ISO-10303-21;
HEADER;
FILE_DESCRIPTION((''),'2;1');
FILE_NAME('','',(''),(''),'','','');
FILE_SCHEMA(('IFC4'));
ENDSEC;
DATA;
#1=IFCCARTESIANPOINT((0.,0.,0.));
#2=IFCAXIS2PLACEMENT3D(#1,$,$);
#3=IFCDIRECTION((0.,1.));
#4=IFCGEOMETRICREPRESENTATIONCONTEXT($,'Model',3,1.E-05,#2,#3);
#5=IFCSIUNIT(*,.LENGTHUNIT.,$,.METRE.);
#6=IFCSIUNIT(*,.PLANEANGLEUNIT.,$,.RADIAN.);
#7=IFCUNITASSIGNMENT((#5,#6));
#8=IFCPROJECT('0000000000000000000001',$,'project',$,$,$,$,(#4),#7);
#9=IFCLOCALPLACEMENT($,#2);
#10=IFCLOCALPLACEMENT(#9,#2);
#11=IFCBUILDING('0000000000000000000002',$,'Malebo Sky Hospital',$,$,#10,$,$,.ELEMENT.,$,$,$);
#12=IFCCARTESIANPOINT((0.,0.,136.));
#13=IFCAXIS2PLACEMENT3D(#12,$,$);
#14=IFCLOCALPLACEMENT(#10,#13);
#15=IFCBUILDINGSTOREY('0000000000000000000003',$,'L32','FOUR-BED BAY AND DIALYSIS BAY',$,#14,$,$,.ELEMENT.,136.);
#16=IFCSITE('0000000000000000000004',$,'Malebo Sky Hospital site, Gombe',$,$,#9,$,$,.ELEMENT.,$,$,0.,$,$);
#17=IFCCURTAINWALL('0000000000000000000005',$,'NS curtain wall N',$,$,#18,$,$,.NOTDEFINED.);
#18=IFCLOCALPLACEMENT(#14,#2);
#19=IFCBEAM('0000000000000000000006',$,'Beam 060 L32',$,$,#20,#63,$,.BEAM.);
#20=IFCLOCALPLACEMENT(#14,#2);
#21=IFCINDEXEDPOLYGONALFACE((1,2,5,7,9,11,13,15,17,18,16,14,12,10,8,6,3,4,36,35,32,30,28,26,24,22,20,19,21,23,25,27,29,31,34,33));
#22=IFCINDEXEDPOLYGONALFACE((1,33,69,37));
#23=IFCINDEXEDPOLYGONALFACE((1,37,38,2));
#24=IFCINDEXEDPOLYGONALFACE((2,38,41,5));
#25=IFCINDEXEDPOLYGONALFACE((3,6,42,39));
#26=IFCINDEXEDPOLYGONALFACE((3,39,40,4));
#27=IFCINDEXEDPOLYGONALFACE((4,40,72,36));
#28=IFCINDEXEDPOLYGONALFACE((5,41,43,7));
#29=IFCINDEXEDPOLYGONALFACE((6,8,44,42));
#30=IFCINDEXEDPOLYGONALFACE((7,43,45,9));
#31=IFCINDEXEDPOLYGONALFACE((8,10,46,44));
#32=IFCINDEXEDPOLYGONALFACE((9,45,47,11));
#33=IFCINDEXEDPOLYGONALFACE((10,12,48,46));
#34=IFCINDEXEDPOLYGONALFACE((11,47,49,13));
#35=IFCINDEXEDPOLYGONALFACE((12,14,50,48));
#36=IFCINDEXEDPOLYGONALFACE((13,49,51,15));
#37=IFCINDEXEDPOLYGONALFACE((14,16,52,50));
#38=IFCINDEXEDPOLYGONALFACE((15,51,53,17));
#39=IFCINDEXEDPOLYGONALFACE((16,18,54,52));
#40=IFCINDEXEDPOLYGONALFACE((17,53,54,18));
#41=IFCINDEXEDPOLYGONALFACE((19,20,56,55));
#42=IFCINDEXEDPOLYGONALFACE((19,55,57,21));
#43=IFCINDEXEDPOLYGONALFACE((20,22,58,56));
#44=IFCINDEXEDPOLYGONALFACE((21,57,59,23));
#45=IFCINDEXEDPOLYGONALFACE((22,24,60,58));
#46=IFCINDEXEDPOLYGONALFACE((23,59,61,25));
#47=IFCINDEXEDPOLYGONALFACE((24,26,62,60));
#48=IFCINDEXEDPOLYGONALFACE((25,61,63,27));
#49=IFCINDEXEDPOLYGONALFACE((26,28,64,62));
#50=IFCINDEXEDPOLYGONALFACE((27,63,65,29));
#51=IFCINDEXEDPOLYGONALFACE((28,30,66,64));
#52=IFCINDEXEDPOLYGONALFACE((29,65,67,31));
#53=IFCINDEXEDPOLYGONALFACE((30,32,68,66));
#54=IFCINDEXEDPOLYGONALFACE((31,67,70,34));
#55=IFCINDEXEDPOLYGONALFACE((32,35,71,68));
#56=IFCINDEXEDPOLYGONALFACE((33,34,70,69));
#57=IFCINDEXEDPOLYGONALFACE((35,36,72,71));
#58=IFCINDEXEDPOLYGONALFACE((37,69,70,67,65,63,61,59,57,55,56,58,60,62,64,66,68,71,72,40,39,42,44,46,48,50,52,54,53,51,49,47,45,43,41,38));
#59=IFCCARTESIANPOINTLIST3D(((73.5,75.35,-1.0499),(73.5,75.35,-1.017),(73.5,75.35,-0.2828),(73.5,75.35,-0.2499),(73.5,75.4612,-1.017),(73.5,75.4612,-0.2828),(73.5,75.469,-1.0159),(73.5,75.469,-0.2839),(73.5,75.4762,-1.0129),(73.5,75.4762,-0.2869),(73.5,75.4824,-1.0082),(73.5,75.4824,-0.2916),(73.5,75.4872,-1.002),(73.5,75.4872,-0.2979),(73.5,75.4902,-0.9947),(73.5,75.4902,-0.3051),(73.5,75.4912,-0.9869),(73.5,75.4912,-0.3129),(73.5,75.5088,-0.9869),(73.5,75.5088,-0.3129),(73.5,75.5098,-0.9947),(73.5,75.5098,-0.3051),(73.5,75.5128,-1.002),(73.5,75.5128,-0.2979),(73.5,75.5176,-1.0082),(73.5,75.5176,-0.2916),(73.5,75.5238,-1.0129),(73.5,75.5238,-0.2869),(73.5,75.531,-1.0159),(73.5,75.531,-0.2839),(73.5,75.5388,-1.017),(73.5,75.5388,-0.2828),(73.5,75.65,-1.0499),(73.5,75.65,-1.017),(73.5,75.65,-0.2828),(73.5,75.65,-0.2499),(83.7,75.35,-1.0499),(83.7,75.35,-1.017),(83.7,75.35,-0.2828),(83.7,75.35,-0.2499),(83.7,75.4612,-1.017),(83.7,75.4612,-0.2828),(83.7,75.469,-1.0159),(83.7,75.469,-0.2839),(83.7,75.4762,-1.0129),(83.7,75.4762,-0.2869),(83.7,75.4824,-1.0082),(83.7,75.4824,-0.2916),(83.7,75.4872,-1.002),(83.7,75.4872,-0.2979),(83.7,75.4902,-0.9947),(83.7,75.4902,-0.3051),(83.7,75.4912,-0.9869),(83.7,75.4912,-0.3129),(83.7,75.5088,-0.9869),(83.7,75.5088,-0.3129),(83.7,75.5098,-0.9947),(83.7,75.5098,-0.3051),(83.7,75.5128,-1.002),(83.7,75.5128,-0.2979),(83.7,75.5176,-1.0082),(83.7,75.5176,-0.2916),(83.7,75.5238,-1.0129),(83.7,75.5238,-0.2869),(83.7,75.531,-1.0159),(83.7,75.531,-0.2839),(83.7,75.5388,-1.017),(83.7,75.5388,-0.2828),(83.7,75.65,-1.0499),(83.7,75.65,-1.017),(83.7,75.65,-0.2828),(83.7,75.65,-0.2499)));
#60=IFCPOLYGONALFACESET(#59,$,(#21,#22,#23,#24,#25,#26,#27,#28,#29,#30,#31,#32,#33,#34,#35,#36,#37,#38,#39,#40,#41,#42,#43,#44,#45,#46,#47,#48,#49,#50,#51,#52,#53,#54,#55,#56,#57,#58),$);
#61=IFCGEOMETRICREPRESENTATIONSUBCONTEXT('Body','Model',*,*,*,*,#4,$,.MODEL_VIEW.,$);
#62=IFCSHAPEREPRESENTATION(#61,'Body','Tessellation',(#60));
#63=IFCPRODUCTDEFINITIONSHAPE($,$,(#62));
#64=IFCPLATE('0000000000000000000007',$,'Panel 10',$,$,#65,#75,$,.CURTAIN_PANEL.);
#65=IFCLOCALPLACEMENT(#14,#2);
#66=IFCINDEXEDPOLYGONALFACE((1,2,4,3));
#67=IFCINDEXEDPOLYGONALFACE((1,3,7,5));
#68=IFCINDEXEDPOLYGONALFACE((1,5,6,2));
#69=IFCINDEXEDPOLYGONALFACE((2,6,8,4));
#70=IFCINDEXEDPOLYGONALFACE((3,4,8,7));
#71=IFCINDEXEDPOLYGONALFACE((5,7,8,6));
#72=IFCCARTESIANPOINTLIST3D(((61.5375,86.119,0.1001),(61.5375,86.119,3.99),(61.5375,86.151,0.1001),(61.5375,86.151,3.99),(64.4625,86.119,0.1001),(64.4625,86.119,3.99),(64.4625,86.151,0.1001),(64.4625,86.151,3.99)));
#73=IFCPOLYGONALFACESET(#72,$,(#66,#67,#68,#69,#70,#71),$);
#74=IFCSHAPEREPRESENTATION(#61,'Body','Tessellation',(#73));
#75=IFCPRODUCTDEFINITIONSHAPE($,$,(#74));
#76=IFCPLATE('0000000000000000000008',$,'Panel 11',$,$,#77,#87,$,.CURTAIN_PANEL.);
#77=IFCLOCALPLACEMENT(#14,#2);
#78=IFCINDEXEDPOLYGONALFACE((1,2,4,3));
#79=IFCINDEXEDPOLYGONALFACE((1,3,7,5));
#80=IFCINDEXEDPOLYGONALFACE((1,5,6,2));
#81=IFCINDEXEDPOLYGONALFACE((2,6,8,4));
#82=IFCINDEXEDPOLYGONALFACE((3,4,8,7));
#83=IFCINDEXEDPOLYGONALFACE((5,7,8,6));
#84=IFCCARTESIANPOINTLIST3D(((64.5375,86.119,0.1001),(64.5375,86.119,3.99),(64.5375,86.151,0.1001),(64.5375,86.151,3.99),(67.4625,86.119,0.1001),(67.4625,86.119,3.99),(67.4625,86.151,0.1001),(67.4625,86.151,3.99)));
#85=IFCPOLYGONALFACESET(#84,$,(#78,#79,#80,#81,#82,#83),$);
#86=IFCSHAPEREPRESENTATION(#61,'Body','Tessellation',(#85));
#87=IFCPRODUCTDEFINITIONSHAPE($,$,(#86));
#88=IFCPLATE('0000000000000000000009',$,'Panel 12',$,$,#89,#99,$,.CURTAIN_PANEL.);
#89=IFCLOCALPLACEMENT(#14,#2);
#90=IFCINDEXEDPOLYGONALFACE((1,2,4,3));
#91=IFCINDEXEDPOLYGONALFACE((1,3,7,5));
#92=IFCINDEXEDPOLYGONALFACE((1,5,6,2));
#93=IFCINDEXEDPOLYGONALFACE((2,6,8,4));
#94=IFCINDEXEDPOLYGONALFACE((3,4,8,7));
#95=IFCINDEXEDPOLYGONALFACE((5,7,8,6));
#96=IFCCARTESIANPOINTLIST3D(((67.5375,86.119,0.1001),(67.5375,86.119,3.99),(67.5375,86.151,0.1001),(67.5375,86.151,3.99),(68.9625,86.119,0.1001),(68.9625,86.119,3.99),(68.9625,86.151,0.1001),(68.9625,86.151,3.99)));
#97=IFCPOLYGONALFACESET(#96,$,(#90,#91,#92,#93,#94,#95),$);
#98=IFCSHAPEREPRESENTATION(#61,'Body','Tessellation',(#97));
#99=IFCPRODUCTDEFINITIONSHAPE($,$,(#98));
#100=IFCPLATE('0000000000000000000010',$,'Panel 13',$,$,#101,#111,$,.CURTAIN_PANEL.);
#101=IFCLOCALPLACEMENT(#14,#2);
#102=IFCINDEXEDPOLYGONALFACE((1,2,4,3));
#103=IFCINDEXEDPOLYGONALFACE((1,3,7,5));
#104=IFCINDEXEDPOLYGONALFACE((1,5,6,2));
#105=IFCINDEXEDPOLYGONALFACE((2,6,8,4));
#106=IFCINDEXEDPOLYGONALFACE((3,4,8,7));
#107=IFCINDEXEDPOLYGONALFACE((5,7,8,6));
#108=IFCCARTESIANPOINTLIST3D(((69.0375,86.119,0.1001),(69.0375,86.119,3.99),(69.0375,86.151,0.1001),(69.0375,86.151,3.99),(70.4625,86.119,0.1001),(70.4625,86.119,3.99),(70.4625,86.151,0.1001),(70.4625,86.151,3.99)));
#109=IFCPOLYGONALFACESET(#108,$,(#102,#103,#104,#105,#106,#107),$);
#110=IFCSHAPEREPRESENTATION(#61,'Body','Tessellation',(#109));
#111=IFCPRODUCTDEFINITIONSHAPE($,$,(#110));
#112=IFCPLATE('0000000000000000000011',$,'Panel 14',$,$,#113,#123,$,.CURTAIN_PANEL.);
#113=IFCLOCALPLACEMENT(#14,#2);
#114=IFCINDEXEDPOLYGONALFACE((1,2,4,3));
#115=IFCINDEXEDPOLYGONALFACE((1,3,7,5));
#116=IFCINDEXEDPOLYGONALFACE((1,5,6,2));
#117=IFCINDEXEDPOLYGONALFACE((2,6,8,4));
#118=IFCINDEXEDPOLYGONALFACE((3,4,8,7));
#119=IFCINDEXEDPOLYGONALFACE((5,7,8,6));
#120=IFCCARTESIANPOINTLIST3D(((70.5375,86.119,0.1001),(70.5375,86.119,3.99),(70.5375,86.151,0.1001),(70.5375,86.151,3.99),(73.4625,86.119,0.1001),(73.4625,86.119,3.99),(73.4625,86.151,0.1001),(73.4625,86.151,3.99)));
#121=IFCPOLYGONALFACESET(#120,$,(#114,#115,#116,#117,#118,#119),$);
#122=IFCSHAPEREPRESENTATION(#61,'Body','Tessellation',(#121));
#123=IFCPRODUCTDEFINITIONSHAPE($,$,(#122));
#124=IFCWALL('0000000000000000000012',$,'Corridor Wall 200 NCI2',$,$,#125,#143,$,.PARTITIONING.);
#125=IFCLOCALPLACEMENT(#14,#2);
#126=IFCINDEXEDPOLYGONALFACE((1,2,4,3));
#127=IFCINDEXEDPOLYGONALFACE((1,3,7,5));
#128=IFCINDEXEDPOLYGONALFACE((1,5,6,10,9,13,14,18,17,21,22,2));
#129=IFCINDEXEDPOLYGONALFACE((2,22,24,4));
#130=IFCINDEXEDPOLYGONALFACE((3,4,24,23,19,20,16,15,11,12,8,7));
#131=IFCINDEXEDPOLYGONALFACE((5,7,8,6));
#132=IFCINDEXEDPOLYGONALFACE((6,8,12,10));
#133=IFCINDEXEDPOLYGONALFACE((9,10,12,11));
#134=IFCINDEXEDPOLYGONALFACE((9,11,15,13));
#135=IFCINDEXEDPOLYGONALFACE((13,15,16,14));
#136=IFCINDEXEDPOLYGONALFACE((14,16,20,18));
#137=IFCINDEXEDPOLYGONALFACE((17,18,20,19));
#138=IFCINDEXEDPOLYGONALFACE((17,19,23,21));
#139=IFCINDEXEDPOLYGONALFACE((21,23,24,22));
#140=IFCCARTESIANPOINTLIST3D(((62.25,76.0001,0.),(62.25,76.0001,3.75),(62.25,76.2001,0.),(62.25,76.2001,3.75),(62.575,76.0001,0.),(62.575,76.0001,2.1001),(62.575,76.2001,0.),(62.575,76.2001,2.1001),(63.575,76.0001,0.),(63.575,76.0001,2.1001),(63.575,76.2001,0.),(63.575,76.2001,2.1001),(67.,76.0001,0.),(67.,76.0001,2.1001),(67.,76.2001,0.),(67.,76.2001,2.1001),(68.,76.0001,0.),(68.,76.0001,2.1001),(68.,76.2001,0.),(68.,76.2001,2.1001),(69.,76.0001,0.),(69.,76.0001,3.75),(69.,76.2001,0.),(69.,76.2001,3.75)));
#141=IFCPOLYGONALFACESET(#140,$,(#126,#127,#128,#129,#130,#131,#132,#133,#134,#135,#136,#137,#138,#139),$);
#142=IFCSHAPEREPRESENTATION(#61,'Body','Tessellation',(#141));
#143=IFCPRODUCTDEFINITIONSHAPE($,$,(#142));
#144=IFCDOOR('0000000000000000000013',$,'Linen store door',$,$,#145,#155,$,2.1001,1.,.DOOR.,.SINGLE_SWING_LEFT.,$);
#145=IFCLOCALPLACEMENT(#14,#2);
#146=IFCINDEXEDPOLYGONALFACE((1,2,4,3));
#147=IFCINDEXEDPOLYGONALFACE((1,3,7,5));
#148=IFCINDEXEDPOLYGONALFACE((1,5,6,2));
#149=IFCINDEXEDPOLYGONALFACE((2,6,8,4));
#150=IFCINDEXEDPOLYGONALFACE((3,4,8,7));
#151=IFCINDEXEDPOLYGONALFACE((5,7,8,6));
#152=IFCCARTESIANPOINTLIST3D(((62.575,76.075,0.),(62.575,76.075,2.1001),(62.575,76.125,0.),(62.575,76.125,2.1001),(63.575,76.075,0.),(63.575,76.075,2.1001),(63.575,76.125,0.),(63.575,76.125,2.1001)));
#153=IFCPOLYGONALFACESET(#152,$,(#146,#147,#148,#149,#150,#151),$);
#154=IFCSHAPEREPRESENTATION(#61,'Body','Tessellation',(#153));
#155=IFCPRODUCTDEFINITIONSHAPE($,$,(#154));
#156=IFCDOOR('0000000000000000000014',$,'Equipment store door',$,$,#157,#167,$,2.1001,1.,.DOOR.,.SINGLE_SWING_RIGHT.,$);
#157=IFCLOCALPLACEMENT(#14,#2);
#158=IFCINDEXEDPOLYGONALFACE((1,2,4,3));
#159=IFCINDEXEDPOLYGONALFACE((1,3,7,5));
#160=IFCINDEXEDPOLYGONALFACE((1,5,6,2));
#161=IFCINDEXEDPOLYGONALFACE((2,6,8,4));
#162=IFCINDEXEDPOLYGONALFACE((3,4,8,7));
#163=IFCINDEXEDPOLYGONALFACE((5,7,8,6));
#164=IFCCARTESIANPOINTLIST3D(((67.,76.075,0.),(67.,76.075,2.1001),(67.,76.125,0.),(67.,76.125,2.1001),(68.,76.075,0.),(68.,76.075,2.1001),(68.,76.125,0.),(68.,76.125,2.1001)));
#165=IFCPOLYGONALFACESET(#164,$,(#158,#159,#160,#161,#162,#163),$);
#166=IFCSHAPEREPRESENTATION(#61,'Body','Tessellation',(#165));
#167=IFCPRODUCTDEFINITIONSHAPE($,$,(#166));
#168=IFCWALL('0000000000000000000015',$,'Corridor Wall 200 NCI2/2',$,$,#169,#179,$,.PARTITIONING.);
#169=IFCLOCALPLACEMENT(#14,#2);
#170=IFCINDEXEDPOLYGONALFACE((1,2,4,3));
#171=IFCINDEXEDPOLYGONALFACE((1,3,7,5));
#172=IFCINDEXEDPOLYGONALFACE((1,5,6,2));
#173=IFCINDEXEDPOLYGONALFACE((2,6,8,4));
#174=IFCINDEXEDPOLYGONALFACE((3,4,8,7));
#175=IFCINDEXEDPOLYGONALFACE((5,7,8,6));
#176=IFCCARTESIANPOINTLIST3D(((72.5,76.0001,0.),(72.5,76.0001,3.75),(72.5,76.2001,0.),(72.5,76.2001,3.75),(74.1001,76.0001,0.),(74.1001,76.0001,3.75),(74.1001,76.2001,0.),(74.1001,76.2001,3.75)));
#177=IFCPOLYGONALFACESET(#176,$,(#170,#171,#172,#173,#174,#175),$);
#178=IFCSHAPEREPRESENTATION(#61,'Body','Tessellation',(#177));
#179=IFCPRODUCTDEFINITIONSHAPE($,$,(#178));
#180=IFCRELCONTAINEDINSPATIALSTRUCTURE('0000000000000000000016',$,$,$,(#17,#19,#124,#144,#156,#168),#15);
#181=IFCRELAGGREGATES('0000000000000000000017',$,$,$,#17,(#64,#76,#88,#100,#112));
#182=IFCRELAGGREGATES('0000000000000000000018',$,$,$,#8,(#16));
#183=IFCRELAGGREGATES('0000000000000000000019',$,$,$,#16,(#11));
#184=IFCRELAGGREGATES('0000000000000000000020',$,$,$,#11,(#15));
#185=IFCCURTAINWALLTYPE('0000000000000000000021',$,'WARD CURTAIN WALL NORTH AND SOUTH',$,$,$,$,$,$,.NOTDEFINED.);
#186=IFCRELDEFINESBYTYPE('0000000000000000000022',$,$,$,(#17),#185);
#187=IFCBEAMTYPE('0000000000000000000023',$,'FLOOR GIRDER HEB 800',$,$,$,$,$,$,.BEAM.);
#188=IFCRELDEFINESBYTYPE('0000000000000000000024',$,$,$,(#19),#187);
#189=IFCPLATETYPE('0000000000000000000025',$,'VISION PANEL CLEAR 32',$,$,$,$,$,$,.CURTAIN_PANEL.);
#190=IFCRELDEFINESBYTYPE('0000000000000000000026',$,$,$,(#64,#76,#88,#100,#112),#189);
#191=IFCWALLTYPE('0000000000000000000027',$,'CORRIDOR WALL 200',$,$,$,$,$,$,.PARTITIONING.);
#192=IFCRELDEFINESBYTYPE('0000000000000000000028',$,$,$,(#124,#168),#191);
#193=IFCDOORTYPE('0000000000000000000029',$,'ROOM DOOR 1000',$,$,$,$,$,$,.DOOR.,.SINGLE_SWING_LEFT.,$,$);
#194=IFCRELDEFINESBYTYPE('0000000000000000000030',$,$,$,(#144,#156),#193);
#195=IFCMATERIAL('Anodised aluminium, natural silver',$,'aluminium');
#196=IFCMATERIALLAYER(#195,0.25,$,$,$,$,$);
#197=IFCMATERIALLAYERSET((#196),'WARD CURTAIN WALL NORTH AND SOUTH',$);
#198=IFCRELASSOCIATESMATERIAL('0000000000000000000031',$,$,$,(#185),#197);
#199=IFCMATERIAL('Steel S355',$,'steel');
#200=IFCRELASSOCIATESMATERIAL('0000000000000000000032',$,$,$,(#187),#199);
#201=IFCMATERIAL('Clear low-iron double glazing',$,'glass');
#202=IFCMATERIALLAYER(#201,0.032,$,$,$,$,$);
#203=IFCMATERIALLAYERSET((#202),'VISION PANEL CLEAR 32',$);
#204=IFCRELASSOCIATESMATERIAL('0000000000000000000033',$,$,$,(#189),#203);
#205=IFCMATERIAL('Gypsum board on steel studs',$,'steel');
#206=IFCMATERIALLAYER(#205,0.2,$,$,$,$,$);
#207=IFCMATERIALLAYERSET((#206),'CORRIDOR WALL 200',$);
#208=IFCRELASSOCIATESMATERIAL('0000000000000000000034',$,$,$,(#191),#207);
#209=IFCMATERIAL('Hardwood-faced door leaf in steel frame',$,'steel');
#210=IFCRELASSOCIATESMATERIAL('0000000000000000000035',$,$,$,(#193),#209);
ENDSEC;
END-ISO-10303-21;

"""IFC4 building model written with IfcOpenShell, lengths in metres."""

from ifc_helpers import new_model, si_unit, direction, frame, frame_2d, origin, origin_2d, place, context, subcontext, project, spatial, rectangle, i_section, extrude, material, layer, layer_set, material_profile, profile_set, type_object, element, fill, aggregate, save


model = new_model("IFC4")

# Units and contexts
model_context = context("Model", 3, precision=1e-05, world=origin(), true_north=direction((0.0, 1.0)))
body_context = subcontext(model_context, "Body", "Model", "MODEL_VIEW")
ifc_project = project(units=[si_unit("LENGTHUNIT", "METRE"), si_unit("PLANEANGLEUNIT", "RADIAN")], contexts=[model_context])

# Site, building, storey
site_placement = place(None, origin())
site = spatial("IfcSite", under=ifc_project, at=site_placement, Name="Malebo Sky Hospital site, Gombe", CompositionType="ELEMENT", RefElevation=0.0)
building_placement = place(site_placement, origin())
building = spatial("IfcBuilding", under=site, at=building_placement, Name="Malebo Sky Hospital", CompositionType="ELEMENT")
storey_placement = place(building_placement, frame((0.0, 0.0, 136.0)))
storey = spatial("IfcBuildingStorey", under=building, at=storey_placement, Name="L32", Description="FOUR-BED BAY AND DIALYSIS BAY", CompositionType="ELEMENT", Elevation=136.0)

# Curtain wall
ifc_material_1 = material(Name="Anodised aluminium, natural silver", Category="aluminium")
ifc_layer_1 = layer(ifc_material_1, 0.25)
ifc_layer_set_1 = layer_set([ifc_layer_1], Name="WARD CURTAIN WALL NORTH AND SOUTH")
curtain_wall_type = type_object("IfcCurtainWallType", Name="WARD CURTAIN WALL NORTH AND SOUTH", PredefinedType="NOTDEFINED", material=ifc_layer_set_1)
curtain_wall_placement = place(storey_placement, origin())
curtain_wall = element("IfcCurtainWall", 1, at=curtain_wall_placement, inside=storey, type_object=curtain_wall_type, Name="NS curtain wall N", PredefinedType="NOTDEFINED")

# Beam
ifc_material_2 = material(Name="Steel S355", Category="steel")
ifc_material_profile_1 = material_profile(ifc_material_2, i_section(OverallWidth=0.3, OverallDepth=0.8, WebThickness=0.0176, FlangeThickness=0.033, FilletRadius=0.03, at=origin_2d()), Name="HEB 800")
ifc_profile_set_1 = profile_set([ifc_material_profile_1], Name="Steel S355")
beam_type_1 = type_object("IfcBeamType", Name="FLOOR GIRDER HEB 800", PredefinedType="BEAM", material=ifc_profile_set_1)
for number, where, z_axis, x_axis, name in (
    (2, (73.5, 75.5, -0.6499), (1.0, 0.0, 0.0), (0.0, 1.0, 0.0), "Beam 060 L32"),
):
    element("IfcBeam", number, at=place(storey_placement, frame(where, z_axis=z_axis, x_axis=x_axis)), inside=storey, type_object=beam_type_1, Name=name, PredefinedType="BEAM", context=body_context, shape_type="SweptSolid", body=[
        extrude(i_section(OverallWidth=0.3, OverallDepth=0.8, WebThickness=0.0176, FlangeThickness=0.033, FilletRadius=0.03, at=origin_2d()), origin(), (0.0, 0.0, 1.0), 10.2),
    ])

# Plates
ifc_material_3 = material(Name="Clear low-iron double glazing", Category="glass")
ifc_layer_2 = layer(ifc_material_3, 0.032)
ifc_layer_set_2 = layer_set([ifc_layer_2], Name="VISION PANEL CLEAR 32")
plate_type = type_object("IfcPlateType", Name="VISION PANEL CLEAR 32", PredefinedType="CURTAIN_PANEL", material=ifc_layer_set_2)
plate_1_placement = place(storey_placement, frame((63.0, 86.135, 0.1001), z_axis=(0.0, 0.0, 1.0), x_axis=(1.0, 0.0, 0.0)))
plate_1 = element("IfcPlate", 3, at=plate_1_placement, type_object=plate_type, Name="Panel 10", PredefinedType="CURTAIN_PANEL", context=body_context, shape_type="SweptSolid", body=[
    extrude(rectangle(XDim=2.925, YDim=0.032, at=origin_2d()), origin(), (0.0, 0.0, 1.0), 3.8899),
])
plate_2_placement = place(storey_placement, frame((66.0, 86.135, 0.1001), z_axis=(0.0, 0.0, 1.0), x_axis=(1.0, 0.0, 0.0)))
plate_2 = element("IfcPlate", 4, at=plate_2_placement, type_object=plate_type, Name="Panel 11", PredefinedType="CURTAIN_PANEL", context=body_context, shape_type="SweptSolid", body=[
    extrude(rectangle(XDim=2.925, YDim=0.032, at=origin_2d()), origin(), (0.0, 0.0, 1.0), 3.8899),
])
plate_3_placement = place(storey_placement, frame((68.25, 86.135, 0.1001), z_axis=(0.0, 0.0, 1.0), x_axis=(1.0, 0.0, 0.0)))
plate_3 = element("IfcPlate", 5, at=plate_3_placement, type_object=plate_type, Name="Panel 12", PredefinedType="CURTAIN_PANEL", context=body_context, shape_type="SweptSolid", body=[
    extrude(rectangle(XDim=1.425, YDim=0.032, at=origin_2d()), origin(), (0.0, 0.0, 1.0), 3.8899),
])
plate_4_placement = place(storey_placement, frame((69.75, 86.135, 0.1001), z_axis=(0.0, 0.0, 1.0), x_axis=(1.0, 0.0, 0.0)))
plate_4 = element("IfcPlate", 6, at=plate_4_placement, type_object=plate_type, Name="Panel 13", PredefinedType="CURTAIN_PANEL", context=body_context, shape_type="SweptSolid", body=[
    extrude(rectangle(XDim=1.425, YDim=0.032, at=origin_2d()), origin(), (0.0, 0.0, 1.0), 3.8899),
])
plate_5_placement = place(storey_placement, frame((72.0, 86.135, 0.1001), z_axis=(0.0, 0.0, 1.0), x_axis=(1.0, 0.0, 0.0)))
plate_5 = element("IfcPlate", 7, at=plate_5_placement, type_object=plate_type, Name="Panel 14", PredefinedType="CURTAIN_PANEL", context=body_context, shape_type="SweptSolid", body=[
    extrude(rectangle(XDim=2.925, YDim=0.032, at=origin_2d()), origin(), (0.0, 0.0, 1.0), 3.8899),
])
aggregate(curtain_wall, [plate_1, plate_2, plate_3, plate_4, plate_5])

# Wall, openings, doors
ifc_material_4 = material(Name="Gypsum board on steel studs", Category="steel")
ifc_layer_3 = layer(ifc_material_4, 0.2)
ifc_layer_set_3 = layer_set([ifc_layer_3], Name="CORRIDOR WALL 200")
wall_type_1 = type_object("IfcWallType", Name="CORRIDOR WALL 200", PredefinedType="PARTITIONING", material=ifc_layer_set_3)
wall_1_placement = place(storey_placement, frame((62.25, 76.1001, 0.0), z_axis=(0.0, 0.0, 1.0), x_axis=(1.0, 0.0, 0.0)))
wall_1 = element("IfcWall", 8, at=wall_1_placement, inside=storey, type_object=wall_type_1, Name="Corridor Wall 200 NCI2", PredefinedType="PARTITIONING", context=body_context, shape_type="SweptSolid", body=[
    extrude(rectangle(XDim=6.75, YDim=0.2, at=frame_2d((3.375, 0.0))), origin(), (0.0, 0.0, 1.0), 3.75),
])
opening_1_placement = place(wall_1_placement, frame((0.325, 0.0, 0.0)))
opening_1 = element("IfcOpeningElement", 9, at=opening_1_placement, cuts=wall_1, PredefinedType="OPENING", context=body_context, shape_type="SweptSolid", body=[
    extrude(rectangle(XDim=1.0, YDim=2.1001, at=frame_2d((0.5, 1.05))), frame((0.0, 0.1099, 0.0), z_axis=(0.0, -1.0, 0.0), x_axis=(1.0, 0.0, 0.0)), (0.0, 0.0, 1.0), 0.22),
])
opening_2_placement = place(wall_1_placement, frame((4.75, 0.0, 0.0)))
opening_2 = element("IfcOpeningElement", 10, at=opening_2_placement, cuts=wall_1, PredefinedType="OPENING", context=body_context, shape_type="SweptSolid", body=[
    extrude(rectangle(XDim=1.0, YDim=2.1001, at=frame_2d((0.5, 1.05))), frame((0.0, 0.1099, 0.0), z_axis=(0.0, -1.0, 0.0), x_axis=(1.0, 0.0, 0.0)), (0.0, 0.0, 1.0), 0.22),
])
ifc_material_5 = material(Name="Hardwood-faced door leaf in steel frame", Category="steel")
door_type_1 = type_object("IfcDoorType", Name="ROOM DOOR 1000", OperationType="SINGLE_SWING_LEFT", PredefinedType="DOOR", material=ifc_material_5)
door_1_placement = place(opening_1_placement, origin())
door_1 = element("IfcDoor", 11, at=door_1_placement, inside=storey, type_object=door_type_1, Name="Linen store door", OperationType="SINGLE_SWING_LEFT", OverallHeight=2.1001, OverallWidth=1.0, PredefinedType="DOOR", context=body_context, shape_type="SweptSolid", body=[
    extrude(rectangle(XDim=1.0, YDim=2.1001, at=frame_2d((0.5, 1.05))), frame((0.0, 0.0249, 0.0), z_axis=(0.0, -1.0, 0.0), x_axis=(1.0, 0.0, 0.0)), (0.0, 0.0, 1.0), 0.05),
])
fill(opening_1, door_1)
door_2_placement = place(opening_2_placement, origin())
door_2 = element("IfcDoor", 12, at=door_2_placement, inside=storey, type_object=door_type_1, Name="Equipment store door", OperationType="SINGLE_SWING_RIGHT", OverallHeight=2.1001, OverallWidth=1.0, PredefinedType="DOOR", context=body_context, shape_type="SweptSolid", body=[
    extrude(rectangle(XDim=1.0, YDim=2.1001, at=frame_2d((0.5, 1.05))), frame((0.0, 0.0249, 0.0), z_axis=(0.0, -1.0, 0.0), x_axis=(1.0, 0.0, 0.0)), (0.0, 0.0, 1.0), 0.05),
])
fill(opening_2, door_2)

# Wall
wall_2_placement = place(storey_placement, frame((72.5, 76.1001, 0.0), z_axis=(0.0, 0.0, 1.0), x_axis=(1.0, 0.0, 0.0)))
element("IfcWall", 13, at=wall_2_placement, inside=storey, type_object=wall_type_1, Name="Corridor Wall 200 NCI2/2", PredefinedType="PARTITIONING", context=body_context, shape_type="SweptSolid", body=[
    extrude(rectangle(XDim=1.6001, YDim=0.2, at=frame_2d((0.8, 0.0))), origin(), (0.0, 0.0, 1.0), 3.75),
])

save(model, "model.ifc")
